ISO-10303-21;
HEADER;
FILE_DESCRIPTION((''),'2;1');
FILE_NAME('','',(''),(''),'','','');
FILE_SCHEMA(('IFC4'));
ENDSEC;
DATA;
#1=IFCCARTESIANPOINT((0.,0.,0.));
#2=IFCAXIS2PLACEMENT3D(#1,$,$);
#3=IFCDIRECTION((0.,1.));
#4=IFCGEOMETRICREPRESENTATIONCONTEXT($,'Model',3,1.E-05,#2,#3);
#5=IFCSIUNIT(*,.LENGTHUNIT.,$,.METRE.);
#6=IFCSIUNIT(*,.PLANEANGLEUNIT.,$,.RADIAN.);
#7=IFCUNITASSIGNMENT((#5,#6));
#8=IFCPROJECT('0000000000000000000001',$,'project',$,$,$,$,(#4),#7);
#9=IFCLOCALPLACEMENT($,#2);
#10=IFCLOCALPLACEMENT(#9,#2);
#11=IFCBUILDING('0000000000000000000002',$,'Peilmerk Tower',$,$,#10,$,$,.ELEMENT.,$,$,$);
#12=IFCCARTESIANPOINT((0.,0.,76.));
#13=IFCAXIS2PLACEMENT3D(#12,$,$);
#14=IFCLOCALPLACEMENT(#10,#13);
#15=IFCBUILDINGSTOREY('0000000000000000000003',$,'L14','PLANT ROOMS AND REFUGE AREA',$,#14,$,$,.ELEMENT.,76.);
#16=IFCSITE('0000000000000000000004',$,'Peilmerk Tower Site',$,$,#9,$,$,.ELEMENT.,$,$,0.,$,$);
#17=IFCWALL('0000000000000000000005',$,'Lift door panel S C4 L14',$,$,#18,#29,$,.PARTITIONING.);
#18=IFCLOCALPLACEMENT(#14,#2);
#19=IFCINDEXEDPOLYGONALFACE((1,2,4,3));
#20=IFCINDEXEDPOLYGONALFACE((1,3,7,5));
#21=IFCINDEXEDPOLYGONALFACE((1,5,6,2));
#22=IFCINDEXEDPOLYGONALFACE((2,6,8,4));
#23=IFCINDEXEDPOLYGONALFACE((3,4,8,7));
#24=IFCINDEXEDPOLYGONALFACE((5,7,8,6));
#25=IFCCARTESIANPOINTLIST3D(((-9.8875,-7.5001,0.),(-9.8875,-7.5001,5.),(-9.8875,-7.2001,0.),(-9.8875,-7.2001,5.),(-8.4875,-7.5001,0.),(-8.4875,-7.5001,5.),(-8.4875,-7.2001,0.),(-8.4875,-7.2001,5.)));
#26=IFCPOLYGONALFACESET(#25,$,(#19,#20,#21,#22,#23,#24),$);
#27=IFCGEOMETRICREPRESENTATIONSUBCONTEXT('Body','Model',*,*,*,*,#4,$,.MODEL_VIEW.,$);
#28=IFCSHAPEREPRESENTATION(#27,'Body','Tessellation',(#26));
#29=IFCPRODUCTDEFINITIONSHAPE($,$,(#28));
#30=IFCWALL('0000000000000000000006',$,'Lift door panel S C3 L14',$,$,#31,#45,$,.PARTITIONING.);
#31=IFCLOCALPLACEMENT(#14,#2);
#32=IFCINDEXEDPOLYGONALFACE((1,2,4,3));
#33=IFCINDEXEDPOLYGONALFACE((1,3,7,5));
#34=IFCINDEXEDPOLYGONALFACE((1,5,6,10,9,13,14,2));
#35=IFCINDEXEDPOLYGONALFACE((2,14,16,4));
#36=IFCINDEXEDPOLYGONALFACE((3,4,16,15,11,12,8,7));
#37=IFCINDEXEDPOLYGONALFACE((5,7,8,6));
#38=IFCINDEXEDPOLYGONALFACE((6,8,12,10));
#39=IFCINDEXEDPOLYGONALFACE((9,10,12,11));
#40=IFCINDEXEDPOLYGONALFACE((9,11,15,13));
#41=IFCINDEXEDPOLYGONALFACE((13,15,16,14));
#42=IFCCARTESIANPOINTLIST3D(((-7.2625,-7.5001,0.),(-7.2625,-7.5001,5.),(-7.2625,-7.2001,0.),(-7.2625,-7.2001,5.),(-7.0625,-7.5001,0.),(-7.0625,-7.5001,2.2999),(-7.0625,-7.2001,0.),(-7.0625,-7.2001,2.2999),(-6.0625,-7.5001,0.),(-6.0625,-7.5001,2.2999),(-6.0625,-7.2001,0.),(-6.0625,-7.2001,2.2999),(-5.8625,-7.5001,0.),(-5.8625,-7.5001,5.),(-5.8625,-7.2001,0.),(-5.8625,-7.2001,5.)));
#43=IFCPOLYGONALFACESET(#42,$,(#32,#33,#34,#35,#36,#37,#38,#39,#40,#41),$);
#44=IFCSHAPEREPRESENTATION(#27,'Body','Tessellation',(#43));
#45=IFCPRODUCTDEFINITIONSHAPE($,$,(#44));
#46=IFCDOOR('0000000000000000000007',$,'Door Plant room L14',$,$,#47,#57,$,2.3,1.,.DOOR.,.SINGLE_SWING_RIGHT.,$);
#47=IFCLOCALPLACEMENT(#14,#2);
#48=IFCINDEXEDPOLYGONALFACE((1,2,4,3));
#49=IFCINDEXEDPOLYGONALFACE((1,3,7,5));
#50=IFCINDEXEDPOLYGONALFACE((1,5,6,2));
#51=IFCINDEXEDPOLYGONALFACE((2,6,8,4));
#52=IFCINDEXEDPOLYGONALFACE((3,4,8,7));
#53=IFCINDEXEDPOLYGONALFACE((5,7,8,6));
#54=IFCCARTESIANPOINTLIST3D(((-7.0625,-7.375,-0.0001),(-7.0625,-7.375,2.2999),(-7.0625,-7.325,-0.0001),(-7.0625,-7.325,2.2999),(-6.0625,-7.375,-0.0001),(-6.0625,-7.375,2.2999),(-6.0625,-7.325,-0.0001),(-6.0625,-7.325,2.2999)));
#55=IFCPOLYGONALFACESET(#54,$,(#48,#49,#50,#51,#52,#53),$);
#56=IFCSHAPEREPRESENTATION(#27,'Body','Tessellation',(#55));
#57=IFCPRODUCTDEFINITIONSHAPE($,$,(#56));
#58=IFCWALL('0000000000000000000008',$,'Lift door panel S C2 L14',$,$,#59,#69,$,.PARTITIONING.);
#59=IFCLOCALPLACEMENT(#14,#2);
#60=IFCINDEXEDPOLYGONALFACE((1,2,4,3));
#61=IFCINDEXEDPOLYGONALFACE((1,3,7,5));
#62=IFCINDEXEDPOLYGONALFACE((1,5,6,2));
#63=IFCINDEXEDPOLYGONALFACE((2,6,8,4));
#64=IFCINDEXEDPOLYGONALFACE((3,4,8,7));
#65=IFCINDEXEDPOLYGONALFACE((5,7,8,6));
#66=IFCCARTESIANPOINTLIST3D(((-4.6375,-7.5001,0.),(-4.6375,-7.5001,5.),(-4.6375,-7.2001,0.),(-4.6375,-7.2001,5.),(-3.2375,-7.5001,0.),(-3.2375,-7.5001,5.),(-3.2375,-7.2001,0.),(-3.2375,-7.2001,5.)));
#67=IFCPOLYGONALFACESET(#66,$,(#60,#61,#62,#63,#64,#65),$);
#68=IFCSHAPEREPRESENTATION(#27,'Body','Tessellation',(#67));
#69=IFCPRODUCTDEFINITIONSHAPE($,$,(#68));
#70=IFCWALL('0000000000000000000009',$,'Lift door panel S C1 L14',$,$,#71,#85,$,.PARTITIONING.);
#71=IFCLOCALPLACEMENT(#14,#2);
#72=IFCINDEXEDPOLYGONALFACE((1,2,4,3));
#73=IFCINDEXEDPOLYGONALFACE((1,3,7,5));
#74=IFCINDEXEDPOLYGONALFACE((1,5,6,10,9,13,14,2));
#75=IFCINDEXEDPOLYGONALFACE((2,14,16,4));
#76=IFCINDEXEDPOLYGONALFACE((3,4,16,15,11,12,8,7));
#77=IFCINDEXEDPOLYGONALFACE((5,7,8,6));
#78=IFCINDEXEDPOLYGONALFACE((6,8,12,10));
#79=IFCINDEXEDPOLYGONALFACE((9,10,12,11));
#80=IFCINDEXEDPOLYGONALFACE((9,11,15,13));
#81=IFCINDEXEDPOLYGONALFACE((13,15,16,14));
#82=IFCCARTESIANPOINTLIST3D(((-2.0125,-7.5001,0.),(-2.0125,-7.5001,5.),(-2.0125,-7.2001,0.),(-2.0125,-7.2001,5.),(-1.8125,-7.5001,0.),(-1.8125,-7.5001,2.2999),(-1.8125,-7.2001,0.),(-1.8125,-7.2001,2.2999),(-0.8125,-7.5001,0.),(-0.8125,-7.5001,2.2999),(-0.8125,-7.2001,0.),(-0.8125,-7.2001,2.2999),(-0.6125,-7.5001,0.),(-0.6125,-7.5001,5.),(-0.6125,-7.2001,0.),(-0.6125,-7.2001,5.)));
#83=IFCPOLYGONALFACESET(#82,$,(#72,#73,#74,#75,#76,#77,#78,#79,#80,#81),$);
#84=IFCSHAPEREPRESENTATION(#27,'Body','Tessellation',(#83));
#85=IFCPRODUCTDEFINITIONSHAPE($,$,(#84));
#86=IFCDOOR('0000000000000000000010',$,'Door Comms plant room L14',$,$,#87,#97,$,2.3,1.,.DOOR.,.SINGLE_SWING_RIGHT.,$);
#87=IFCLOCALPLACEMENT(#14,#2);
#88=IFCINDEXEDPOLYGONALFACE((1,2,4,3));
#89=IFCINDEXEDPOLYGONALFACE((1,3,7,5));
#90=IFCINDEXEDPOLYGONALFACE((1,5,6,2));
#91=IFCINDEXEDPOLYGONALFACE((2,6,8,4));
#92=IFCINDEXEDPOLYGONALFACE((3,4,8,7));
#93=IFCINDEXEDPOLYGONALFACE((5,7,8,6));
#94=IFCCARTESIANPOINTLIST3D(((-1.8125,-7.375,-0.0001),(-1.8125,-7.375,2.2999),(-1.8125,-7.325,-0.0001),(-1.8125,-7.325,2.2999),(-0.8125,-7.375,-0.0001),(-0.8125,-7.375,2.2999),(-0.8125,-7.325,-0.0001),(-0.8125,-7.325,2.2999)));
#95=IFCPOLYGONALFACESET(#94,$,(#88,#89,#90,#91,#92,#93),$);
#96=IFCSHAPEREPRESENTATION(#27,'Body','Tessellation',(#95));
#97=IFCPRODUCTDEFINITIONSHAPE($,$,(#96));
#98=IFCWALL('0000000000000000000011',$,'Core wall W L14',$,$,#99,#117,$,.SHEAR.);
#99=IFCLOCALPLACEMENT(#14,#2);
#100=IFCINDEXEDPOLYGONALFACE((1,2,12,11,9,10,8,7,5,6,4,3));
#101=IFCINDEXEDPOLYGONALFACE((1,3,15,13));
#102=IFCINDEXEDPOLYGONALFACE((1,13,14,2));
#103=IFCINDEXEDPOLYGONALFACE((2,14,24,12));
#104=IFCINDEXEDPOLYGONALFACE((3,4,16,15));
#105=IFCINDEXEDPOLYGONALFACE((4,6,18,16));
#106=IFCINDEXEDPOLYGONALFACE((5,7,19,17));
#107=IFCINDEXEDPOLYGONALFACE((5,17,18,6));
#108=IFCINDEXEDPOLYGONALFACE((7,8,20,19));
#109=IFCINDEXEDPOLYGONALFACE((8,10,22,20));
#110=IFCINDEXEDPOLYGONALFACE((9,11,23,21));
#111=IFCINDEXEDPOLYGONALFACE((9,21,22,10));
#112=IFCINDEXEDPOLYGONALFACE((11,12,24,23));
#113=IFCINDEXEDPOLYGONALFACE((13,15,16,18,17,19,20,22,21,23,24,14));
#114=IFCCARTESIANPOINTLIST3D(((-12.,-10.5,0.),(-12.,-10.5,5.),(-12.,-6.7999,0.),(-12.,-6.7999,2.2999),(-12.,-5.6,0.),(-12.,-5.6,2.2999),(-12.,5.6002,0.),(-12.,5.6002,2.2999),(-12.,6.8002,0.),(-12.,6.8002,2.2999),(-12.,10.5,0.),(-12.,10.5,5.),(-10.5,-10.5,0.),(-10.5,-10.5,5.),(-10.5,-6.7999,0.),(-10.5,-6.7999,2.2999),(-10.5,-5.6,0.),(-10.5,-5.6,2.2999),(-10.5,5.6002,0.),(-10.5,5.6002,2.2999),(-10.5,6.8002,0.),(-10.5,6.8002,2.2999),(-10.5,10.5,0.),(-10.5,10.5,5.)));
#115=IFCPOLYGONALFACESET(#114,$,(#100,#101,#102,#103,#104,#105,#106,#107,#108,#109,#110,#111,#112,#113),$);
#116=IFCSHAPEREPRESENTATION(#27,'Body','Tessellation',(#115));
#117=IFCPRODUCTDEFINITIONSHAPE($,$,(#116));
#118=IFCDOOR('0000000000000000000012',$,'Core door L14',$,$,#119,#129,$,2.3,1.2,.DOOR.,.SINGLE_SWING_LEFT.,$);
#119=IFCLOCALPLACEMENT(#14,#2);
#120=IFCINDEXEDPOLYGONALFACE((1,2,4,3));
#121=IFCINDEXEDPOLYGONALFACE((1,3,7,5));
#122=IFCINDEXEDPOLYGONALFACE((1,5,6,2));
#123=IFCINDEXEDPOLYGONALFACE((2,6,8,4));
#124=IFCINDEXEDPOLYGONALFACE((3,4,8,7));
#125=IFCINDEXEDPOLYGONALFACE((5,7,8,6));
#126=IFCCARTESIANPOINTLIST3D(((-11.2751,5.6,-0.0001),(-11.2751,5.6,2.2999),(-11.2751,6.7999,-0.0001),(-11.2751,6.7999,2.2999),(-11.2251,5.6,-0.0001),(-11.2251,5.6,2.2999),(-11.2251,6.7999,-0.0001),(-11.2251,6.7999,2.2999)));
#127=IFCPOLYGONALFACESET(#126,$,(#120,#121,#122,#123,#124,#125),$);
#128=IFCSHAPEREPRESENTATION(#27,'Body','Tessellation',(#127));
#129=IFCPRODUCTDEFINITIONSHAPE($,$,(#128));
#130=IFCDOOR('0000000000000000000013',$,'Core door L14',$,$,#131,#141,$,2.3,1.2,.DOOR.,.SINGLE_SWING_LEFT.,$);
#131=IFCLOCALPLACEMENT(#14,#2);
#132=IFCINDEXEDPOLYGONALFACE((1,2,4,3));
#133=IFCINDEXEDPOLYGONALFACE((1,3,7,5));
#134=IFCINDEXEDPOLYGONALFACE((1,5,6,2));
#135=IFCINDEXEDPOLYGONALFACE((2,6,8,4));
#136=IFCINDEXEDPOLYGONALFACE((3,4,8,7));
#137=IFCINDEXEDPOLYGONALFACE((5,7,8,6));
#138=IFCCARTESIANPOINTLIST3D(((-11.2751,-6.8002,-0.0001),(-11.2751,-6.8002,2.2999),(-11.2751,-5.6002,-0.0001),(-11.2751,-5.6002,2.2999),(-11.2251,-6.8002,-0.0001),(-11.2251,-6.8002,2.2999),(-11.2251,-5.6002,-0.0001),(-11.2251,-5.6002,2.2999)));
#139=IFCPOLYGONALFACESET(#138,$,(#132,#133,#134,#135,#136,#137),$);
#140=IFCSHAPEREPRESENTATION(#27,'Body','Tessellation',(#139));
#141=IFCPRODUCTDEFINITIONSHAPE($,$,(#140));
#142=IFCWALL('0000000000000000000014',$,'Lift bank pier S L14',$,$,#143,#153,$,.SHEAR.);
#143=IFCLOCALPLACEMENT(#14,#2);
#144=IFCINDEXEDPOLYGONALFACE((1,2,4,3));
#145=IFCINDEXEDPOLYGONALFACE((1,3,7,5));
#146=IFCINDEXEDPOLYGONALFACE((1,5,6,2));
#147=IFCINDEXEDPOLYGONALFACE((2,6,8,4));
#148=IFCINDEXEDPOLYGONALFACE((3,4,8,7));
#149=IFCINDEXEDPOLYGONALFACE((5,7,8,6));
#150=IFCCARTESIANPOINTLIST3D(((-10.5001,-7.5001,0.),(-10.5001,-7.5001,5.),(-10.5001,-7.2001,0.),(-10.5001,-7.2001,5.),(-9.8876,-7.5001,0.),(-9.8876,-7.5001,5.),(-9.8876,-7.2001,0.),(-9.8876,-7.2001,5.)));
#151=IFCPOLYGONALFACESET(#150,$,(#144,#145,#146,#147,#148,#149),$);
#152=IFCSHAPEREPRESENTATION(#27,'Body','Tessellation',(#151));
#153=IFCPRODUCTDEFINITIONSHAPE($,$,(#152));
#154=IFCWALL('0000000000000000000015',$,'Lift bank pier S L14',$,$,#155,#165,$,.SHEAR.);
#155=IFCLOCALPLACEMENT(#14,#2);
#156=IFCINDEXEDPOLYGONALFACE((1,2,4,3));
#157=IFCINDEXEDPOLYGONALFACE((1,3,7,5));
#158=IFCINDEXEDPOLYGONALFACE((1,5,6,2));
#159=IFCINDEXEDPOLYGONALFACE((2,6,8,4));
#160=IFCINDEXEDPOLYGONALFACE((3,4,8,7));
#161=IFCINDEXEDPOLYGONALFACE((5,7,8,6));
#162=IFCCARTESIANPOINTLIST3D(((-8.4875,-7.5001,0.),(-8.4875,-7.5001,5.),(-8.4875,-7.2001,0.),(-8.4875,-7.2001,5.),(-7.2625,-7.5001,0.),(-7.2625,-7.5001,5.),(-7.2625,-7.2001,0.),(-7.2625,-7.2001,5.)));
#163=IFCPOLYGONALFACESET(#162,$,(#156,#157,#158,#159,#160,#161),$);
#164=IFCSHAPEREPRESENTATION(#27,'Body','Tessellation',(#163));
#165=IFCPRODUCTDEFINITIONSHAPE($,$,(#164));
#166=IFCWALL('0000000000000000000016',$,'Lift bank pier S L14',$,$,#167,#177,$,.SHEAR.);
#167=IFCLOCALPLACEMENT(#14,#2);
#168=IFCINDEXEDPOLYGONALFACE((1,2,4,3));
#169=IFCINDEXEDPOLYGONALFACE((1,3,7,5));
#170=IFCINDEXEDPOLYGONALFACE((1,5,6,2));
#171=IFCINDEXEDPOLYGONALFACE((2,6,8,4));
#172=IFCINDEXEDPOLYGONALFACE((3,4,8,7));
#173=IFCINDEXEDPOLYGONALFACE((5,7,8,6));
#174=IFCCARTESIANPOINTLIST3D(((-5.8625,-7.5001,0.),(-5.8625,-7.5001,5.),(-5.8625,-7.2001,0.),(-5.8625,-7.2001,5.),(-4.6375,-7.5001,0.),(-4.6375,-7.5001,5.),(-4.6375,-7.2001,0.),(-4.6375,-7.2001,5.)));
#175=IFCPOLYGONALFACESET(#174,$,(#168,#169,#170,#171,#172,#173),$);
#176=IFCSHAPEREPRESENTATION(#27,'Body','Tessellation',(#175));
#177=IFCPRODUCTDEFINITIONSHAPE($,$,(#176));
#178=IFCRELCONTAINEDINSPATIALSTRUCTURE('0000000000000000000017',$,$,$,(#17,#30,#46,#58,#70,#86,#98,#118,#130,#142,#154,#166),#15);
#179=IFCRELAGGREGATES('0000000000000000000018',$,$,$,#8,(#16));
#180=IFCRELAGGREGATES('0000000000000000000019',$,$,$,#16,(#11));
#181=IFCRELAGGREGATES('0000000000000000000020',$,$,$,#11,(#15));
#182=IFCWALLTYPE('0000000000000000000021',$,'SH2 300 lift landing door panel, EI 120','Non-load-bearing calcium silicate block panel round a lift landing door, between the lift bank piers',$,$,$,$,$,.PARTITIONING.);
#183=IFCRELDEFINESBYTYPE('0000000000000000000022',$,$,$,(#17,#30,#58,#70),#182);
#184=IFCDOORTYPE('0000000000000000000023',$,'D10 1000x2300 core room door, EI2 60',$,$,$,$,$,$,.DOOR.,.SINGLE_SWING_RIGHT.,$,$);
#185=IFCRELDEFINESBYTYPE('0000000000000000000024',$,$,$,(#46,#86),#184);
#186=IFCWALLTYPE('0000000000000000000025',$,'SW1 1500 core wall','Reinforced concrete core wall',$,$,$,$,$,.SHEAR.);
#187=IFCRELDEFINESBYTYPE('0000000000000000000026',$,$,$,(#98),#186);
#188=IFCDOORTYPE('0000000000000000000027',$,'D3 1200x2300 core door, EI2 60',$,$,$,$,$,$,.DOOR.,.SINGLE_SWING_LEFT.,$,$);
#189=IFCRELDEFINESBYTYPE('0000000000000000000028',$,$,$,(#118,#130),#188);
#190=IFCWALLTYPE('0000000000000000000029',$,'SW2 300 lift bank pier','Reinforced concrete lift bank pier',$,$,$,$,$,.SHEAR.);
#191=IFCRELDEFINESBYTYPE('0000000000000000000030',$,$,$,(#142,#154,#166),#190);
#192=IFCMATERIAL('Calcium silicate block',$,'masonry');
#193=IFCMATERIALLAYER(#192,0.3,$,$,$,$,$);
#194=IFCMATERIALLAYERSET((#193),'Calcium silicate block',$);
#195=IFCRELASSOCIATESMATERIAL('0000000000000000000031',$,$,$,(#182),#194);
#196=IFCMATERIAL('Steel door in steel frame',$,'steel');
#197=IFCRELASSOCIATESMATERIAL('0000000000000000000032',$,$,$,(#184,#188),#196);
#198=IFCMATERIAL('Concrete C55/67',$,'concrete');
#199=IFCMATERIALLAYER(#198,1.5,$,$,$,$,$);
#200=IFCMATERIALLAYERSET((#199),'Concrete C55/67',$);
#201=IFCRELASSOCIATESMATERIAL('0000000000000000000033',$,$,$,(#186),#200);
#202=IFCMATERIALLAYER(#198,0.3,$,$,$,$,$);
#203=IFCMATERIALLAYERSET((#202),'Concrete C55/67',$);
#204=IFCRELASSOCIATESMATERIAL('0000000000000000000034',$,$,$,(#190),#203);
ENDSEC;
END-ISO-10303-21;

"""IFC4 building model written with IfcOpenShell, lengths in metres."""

from ifc_helpers import new_model, si_unit, direction, frame, frame_2d, origin, place, context, subcontext, project, spatial, rectangle, extrude, material, layer, layer_set, type_object, element, fill, save


model = new_model("IFC4")

# Units and contexts
model_context = context("Model", 3, precision=1e-05, world=origin(), true_north=direction((0.0, 1.0)))
body_context = subcontext(model_context, "Body", "Model", "MODEL_VIEW")
ifc_project = project(units=[si_unit("LENGTHUNIT", "METRE"), si_unit("PLANEANGLEUNIT", "RADIAN")], contexts=[model_context])

# Site, building, storey
site_placement = place(None, origin())
site = spatial("IfcSite", under=ifc_project, at=site_placement, Name="Peilmerk Tower Site", CompositionType="ELEMENT", RefElevation=0.0)
building_placement = place(site_placement, origin())
building = spatial("IfcBuilding", under=site, at=building_placement, Name="Peilmerk Tower", CompositionType="ELEMENT")
storey_placement = place(building_placement, frame((0.0, 0.0, 76.0)))
storey = spatial("IfcBuildingStorey", under=building, at=storey_placement, Name="L14", Description="PLANT ROOMS AND REFUGE AREA", CompositionType="ELEMENT", Elevation=76.0)

# Wall
ifc_material_1 = material(Name="Calcium silicate block", Category="masonry")
ifc_layer_1 = layer(ifc_material_1, 0.3)
ifc_layer_set_1 = layer_set([ifc_layer_1], Name="Calcium silicate block")
wall_type_1 = type_object("IfcWallType", Name="SH2 300 lift landing door panel, EI 120", Description="Non-load-bearing calcium silicate block panel round a lift landing door, between the lift bank piers", PredefinedType="PARTITIONING", material=ifc_layer_set_1)
wall_1_placement = place(storey_placement, frame((-9.8875, -7.3501, 0.0), z_axis=(0.0, 0.0, 1.0), x_axis=(1.0, 0.0, 0.0)))
element("IfcWall", 1, at=wall_1_placement, inside=storey, type_object=wall_type_1, Name="Lift door panel S C4 L14", PredefinedType="PARTITIONING", context=body_context, shape_type="SweptSolid", body=[
    extrude(rectangle(XDim=1.3999, YDim=0.3, at=frame_2d((0.7, 0.0))), origin(), (0.0, 0.0, 1.0), 5.0),
])

# Wall, opening, door
wall_2_placement = place(storey_placement, frame((-7.2625, -7.3501, 0.0), z_axis=(0.0, 0.0, 1.0), x_axis=(1.0, 0.0, 0.0)))
wall_2 = element("IfcWall", 2, at=wall_2_placement, inside=storey, type_object=wall_type_1, Name="Lift door panel S C3 L14", PredefinedType="PARTITIONING", context=body_context, shape_type="SweptSolid", body=[
    extrude(rectangle(XDim=1.3999, YDim=0.3, at=frame_2d((0.7, 0.0))), origin(), (0.0, 0.0, 1.0), 5.0),
])
opening_1_placement = place(wall_2_placement, frame((0.2, 0.0, 0.0)))
opening_1 = element("IfcOpeningElement", 3, at=opening_1_placement, cuts=wall_2, PredefinedType="OPENING", context=body_context, shape_type="SweptSolid", body=[
    extrude(rectangle(XDim=1.0, YDim=2.3, at=frame_2d((0.5, 1.1499))), frame((0.0, 0.1599, 0.0), z_axis=(0.0, -1.0, 0.0), x_axis=(1.0, 0.0, 0.0)), (0.0, 0.0, 1.0), 0.3201),
])
ifc_material_2 = material(Name="Steel door in steel frame", Category="steel")
door_type_1 = type_object("IfcDoorType", Name="D10 1000x2300 core room door, EI2 60", OperationType="SINGLE_SWING_RIGHT", PredefinedType="DOOR", material=ifc_material_2)
door_1_placement = place(opening_1_placement, frame((1.0, 0.0, 0.0), z_axis=(0.0, 0.0, 1.0), x_axis=(-1.0, 0.0, 0.0)))
door_1 = element("IfcDoor", 4, at=door_1_placement, inside=storey, type_object=door_type_1, Name="Door Plant room L14", OperationType="SINGLE_SWING_RIGHT", OverallHeight=2.3, OverallWidth=1.0, PredefinedType="DOOR", context=body_context, shape_type="SweptSolid", body=[
    extrude(rectangle(XDim=1.0, YDim=2.3, at=frame_2d((0.5, 1.1499))), frame((0.0, 0.0249, 0.0), z_axis=(0.0, -1.0, 0.0), x_axis=(1.0, 0.0, 0.0)), (0.0, 0.0, 1.0), 0.05),
])
fill(opening_1, door_1)

# Wall
wall_3_placement = place(storey_placement, frame((-4.6375, -7.3501, 0.0), z_axis=(0.0, 0.0, 1.0), x_axis=(1.0, 0.0, 0.0)))
element("IfcWall", 5, at=wall_3_placement, inside=storey, type_object=wall_type_1, Name="Lift door panel S C2 L14", PredefinedType="PARTITIONING", context=body_context, shape_type="SweptSolid", body=[
    extrude(rectangle(XDim=1.3999, YDim=0.3, at=frame_2d((0.7, 0.0))), origin(), (0.0, 0.0, 1.0), 5.0),
])

# Wall, opening, door
wall_4_placement = place(storey_placement, frame((-2.0125, -7.3501, 0.0), z_axis=(0.0, 0.0, 1.0), x_axis=(1.0, 0.0, 0.0)))
wall_4 = element("IfcWall", 6, at=wall_4_placement, inside=storey, type_object=wall_type_1, Name="Lift door panel S C1 L14", PredefinedType="PARTITIONING", context=body_context, shape_type="SweptSolid", body=[
    extrude(rectangle(XDim=1.3999, YDim=0.3, at=frame_2d((0.7, 0.0))), origin(), (0.0, 0.0, 1.0), 5.0),
])
opening_2_placement = place(wall_4_placement, frame((0.2, 0.0, 0.0)))
opening_2 = element("IfcOpeningElement", 7, at=opening_2_placement, cuts=wall_4, PredefinedType="OPENING", context=body_context, shape_type="SweptSolid", body=[
    extrude(rectangle(XDim=1.0, YDim=2.3, at=frame_2d((0.5, 1.1499))), frame((0.0, 0.1599, 0.0), z_axis=(0.0, -1.0, 0.0), x_axis=(1.0, 0.0, 0.0)), (0.0, 0.0, 1.0), 0.3201),
])
door_2_placement = place(opening_2_placement, frame((1.0, 0.0, 0.0), z_axis=(0.0, 0.0, 1.0), x_axis=(-1.0, 0.0, 0.0)))
door_2 = element("IfcDoor", 8, at=door_2_placement, inside=storey, type_object=door_type_1, Name="Door Comms plant room L14", OperationType="SINGLE_SWING_RIGHT", OverallHeight=2.3, OverallWidth=1.0, PredefinedType="DOOR", context=body_context, shape_type="SweptSolid", body=[
    extrude(rectangle(XDim=1.0, YDim=2.3, at=frame_2d((0.5, 1.1499))), frame((0.0, 0.0249, 0.0), z_axis=(0.0, -1.0, 0.0), x_axis=(1.0, 0.0, 0.0)), (0.0, 0.0, 1.0), 0.05),
])
fill(opening_2, door_2)

# Wall, openings, doors
ifc_material_3 = material(Name="Concrete C55/67", Category="concrete")
ifc_layer_2 = layer(ifc_material_3, 1.5)
ifc_layer_set_2 = layer_set([ifc_layer_2], Name="Concrete C55/67")
wall_type_2 = type_object("IfcWallType", Name="SW1 1500 core wall", Description="Reinforced concrete core wall", PredefinedType="SHEAR", material=ifc_layer_set_2)
wall_5_placement = place(storey_placement, frame((-11.25, -10.5, 0.0), z_axis=(0.0, 0.0, 1.0), x_axis=(0.0, 1.0, 0.0)))
wall_5 = element("IfcWall", 9, at=wall_5_placement, inside=storey, type_object=wall_type_2, Name="Core wall W L14", PredefinedType="SHEAR", context=body_context, shape_type="SweptSolid", body=[
    extrude(rectangle(XDim=21.0, YDim=1.5, at=frame_2d((10.5, 0.0))), origin(), (0.0, 0.0, 1.0), 5.0),
])
opening_3_placement = place(wall_5_placement, frame((16.1001, 0.0, 0.0)))
opening_3 = element("IfcOpeningElement", 10, at=opening_3_placement, cuts=wall_5, PredefinedType="OPENING", context=body_context, shape_type="SweptSolid", body=[
    extrude(rectangle(XDim=1.2, YDim=2.3, at=frame_2d((0.6001, 1.1499))), frame((0.0, 0.76, 0.0), z_axis=(0.0, -1.0, 0.0), x_axis=(1.0, 0.0, 0.0)), (0.0, 0.0, 1.0), 1.52),
])
opening_4_placement = place(wall_5_placement, frame((3.7, 0.0, 0.0)))
opening_4 = element("IfcOpeningElement", 11, at=opening_4_placement, cuts=wall_5, PredefinedType="OPENING", context=body_context, shape_type="SweptSolid", body=[
    extrude(rectangle(XDim=1.2, YDim=2.3, at=frame_2d((0.6001, 1.1499))), frame((0.0, 0.76, 0.0), z_axis=(0.0, -1.0, 0.0), x_axis=(1.0, 0.0, 0.0)), (0.0, 0.0, 1.0), 1.52),
])
door_type_2 = type_object("IfcDoorType", Name="D3 1200x2300 core door, EI2 60", OperationType="SINGLE_SWING_LEFT", PredefinedType="DOOR", material=ifc_material_2)
door_3_placement = place(opening_3_placement, frame((1.2, 0.0, 0.0), z_axis=(0.0, 0.0, 1.0), x_axis=(-1.0, 0.0, 0.0)))
door_3 = element("IfcDoor", 12, at=door_3_placement, inside=storey, type_object=door_type_2, Name="Core door L14", OperationType="SINGLE_SWING_LEFT", OverallHeight=2.3, OverallWidth=1.2, PredefinedType="DOOR", context=body_context, shape_type="SweptSolid", body=[
    extrude(rectangle(XDim=1.2, YDim=2.3, at=frame_2d((0.6001, 1.1499))), frame((0.0, 0.0249, 0.0), z_axis=(0.0, -1.0, 0.0), x_axis=(1.0, 0.0, 0.0)), (0.0, 0.0, 1.0), 0.05),
])
fill(opening_3, door_3)
door_4_placement = place(opening_4_placement, frame((1.2, 0.0, 0.0), z_axis=(0.0, 0.0, 1.0), x_axis=(-1.0, 0.0, 0.0)))
door_4 = element("IfcDoor", 13, at=door_4_placement, inside=storey, type_object=door_type_2, Name="Core door L14", OperationType="SINGLE_SWING_LEFT", OverallHeight=2.3, OverallWidth=1.2, PredefinedType="DOOR", context=body_context, shape_type="SweptSolid", body=[
    extrude(rectangle(XDim=1.2, YDim=2.3, at=frame_2d((0.6001, 1.1499))), frame((0.0, 0.0249, 0.0), z_axis=(0.0, -1.0, 0.0), x_axis=(1.0, 0.0, 0.0)), (0.0, 0.0, 1.0), 0.05),
])
fill(opening_4, door_4)

# Walls
ifc_layer_3 = layer(ifc_material_3, 0.3)
ifc_layer_set_3 = layer_set([ifc_layer_3], Name="Concrete C55/67")
wall_type_3 = type_object("IfcWallType", Name="SW2 300 lift bank pier", Description="Reinforced concrete lift bank pier", PredefinedType="SHEAR", material=ifc_layer_set_3)
wall_6_placement = place(storey_placement, frame((-10.5, -7.3501, 0.0), z_axis=(0.0, 0.0, 1.0), x_axis=(1.0, 0.0, 0.0)))
element("IfcWall", 14, at=wall_6_placement, inside=storey, type_object=wall_type_3, Name="Lift bank pier S L14", PredefinedType="SHEAR", context=body_context, shape_type="SweptSolid", body=[
    extrude(rectangle(XDim=0.6125, YDim=0.3, at=frame_2d((0.3062, 0.0))), origin(), (0.0, 0.0, 1.0), 5.0),
])
for number, where, z_axis, x_axis, name in (
    (15, (-8.4875, -7.3501, 0.0), (0.0, 0.0, 1.0), (1.0, 0.0, 0.0), "Lift bank pier S L14"),
    (16, (-5.8625, -7.3501, 0.0), (0.0, 0.0, 1.0), (1.0, 0.0, 0.0), "Lift bank pier S L14"),
):
    element("IfcWall", number, at=place(storey_placement, frame(where, z_axis=z_axis, x_axis=x_axis)), inside=storey, type_object=wall_type_3, Name=name, PredefinedType="SHEAR", context=body_context, shape_type="SweptSolid", body=[
        extrude(rectangle(XDim=1.2251, YDim=0.3, at=frame_2d((0.6125, 0.0))), origin(), (0.0, 0.0, 1.0), 5.0),
    ])

save(model, "model.ifc")
